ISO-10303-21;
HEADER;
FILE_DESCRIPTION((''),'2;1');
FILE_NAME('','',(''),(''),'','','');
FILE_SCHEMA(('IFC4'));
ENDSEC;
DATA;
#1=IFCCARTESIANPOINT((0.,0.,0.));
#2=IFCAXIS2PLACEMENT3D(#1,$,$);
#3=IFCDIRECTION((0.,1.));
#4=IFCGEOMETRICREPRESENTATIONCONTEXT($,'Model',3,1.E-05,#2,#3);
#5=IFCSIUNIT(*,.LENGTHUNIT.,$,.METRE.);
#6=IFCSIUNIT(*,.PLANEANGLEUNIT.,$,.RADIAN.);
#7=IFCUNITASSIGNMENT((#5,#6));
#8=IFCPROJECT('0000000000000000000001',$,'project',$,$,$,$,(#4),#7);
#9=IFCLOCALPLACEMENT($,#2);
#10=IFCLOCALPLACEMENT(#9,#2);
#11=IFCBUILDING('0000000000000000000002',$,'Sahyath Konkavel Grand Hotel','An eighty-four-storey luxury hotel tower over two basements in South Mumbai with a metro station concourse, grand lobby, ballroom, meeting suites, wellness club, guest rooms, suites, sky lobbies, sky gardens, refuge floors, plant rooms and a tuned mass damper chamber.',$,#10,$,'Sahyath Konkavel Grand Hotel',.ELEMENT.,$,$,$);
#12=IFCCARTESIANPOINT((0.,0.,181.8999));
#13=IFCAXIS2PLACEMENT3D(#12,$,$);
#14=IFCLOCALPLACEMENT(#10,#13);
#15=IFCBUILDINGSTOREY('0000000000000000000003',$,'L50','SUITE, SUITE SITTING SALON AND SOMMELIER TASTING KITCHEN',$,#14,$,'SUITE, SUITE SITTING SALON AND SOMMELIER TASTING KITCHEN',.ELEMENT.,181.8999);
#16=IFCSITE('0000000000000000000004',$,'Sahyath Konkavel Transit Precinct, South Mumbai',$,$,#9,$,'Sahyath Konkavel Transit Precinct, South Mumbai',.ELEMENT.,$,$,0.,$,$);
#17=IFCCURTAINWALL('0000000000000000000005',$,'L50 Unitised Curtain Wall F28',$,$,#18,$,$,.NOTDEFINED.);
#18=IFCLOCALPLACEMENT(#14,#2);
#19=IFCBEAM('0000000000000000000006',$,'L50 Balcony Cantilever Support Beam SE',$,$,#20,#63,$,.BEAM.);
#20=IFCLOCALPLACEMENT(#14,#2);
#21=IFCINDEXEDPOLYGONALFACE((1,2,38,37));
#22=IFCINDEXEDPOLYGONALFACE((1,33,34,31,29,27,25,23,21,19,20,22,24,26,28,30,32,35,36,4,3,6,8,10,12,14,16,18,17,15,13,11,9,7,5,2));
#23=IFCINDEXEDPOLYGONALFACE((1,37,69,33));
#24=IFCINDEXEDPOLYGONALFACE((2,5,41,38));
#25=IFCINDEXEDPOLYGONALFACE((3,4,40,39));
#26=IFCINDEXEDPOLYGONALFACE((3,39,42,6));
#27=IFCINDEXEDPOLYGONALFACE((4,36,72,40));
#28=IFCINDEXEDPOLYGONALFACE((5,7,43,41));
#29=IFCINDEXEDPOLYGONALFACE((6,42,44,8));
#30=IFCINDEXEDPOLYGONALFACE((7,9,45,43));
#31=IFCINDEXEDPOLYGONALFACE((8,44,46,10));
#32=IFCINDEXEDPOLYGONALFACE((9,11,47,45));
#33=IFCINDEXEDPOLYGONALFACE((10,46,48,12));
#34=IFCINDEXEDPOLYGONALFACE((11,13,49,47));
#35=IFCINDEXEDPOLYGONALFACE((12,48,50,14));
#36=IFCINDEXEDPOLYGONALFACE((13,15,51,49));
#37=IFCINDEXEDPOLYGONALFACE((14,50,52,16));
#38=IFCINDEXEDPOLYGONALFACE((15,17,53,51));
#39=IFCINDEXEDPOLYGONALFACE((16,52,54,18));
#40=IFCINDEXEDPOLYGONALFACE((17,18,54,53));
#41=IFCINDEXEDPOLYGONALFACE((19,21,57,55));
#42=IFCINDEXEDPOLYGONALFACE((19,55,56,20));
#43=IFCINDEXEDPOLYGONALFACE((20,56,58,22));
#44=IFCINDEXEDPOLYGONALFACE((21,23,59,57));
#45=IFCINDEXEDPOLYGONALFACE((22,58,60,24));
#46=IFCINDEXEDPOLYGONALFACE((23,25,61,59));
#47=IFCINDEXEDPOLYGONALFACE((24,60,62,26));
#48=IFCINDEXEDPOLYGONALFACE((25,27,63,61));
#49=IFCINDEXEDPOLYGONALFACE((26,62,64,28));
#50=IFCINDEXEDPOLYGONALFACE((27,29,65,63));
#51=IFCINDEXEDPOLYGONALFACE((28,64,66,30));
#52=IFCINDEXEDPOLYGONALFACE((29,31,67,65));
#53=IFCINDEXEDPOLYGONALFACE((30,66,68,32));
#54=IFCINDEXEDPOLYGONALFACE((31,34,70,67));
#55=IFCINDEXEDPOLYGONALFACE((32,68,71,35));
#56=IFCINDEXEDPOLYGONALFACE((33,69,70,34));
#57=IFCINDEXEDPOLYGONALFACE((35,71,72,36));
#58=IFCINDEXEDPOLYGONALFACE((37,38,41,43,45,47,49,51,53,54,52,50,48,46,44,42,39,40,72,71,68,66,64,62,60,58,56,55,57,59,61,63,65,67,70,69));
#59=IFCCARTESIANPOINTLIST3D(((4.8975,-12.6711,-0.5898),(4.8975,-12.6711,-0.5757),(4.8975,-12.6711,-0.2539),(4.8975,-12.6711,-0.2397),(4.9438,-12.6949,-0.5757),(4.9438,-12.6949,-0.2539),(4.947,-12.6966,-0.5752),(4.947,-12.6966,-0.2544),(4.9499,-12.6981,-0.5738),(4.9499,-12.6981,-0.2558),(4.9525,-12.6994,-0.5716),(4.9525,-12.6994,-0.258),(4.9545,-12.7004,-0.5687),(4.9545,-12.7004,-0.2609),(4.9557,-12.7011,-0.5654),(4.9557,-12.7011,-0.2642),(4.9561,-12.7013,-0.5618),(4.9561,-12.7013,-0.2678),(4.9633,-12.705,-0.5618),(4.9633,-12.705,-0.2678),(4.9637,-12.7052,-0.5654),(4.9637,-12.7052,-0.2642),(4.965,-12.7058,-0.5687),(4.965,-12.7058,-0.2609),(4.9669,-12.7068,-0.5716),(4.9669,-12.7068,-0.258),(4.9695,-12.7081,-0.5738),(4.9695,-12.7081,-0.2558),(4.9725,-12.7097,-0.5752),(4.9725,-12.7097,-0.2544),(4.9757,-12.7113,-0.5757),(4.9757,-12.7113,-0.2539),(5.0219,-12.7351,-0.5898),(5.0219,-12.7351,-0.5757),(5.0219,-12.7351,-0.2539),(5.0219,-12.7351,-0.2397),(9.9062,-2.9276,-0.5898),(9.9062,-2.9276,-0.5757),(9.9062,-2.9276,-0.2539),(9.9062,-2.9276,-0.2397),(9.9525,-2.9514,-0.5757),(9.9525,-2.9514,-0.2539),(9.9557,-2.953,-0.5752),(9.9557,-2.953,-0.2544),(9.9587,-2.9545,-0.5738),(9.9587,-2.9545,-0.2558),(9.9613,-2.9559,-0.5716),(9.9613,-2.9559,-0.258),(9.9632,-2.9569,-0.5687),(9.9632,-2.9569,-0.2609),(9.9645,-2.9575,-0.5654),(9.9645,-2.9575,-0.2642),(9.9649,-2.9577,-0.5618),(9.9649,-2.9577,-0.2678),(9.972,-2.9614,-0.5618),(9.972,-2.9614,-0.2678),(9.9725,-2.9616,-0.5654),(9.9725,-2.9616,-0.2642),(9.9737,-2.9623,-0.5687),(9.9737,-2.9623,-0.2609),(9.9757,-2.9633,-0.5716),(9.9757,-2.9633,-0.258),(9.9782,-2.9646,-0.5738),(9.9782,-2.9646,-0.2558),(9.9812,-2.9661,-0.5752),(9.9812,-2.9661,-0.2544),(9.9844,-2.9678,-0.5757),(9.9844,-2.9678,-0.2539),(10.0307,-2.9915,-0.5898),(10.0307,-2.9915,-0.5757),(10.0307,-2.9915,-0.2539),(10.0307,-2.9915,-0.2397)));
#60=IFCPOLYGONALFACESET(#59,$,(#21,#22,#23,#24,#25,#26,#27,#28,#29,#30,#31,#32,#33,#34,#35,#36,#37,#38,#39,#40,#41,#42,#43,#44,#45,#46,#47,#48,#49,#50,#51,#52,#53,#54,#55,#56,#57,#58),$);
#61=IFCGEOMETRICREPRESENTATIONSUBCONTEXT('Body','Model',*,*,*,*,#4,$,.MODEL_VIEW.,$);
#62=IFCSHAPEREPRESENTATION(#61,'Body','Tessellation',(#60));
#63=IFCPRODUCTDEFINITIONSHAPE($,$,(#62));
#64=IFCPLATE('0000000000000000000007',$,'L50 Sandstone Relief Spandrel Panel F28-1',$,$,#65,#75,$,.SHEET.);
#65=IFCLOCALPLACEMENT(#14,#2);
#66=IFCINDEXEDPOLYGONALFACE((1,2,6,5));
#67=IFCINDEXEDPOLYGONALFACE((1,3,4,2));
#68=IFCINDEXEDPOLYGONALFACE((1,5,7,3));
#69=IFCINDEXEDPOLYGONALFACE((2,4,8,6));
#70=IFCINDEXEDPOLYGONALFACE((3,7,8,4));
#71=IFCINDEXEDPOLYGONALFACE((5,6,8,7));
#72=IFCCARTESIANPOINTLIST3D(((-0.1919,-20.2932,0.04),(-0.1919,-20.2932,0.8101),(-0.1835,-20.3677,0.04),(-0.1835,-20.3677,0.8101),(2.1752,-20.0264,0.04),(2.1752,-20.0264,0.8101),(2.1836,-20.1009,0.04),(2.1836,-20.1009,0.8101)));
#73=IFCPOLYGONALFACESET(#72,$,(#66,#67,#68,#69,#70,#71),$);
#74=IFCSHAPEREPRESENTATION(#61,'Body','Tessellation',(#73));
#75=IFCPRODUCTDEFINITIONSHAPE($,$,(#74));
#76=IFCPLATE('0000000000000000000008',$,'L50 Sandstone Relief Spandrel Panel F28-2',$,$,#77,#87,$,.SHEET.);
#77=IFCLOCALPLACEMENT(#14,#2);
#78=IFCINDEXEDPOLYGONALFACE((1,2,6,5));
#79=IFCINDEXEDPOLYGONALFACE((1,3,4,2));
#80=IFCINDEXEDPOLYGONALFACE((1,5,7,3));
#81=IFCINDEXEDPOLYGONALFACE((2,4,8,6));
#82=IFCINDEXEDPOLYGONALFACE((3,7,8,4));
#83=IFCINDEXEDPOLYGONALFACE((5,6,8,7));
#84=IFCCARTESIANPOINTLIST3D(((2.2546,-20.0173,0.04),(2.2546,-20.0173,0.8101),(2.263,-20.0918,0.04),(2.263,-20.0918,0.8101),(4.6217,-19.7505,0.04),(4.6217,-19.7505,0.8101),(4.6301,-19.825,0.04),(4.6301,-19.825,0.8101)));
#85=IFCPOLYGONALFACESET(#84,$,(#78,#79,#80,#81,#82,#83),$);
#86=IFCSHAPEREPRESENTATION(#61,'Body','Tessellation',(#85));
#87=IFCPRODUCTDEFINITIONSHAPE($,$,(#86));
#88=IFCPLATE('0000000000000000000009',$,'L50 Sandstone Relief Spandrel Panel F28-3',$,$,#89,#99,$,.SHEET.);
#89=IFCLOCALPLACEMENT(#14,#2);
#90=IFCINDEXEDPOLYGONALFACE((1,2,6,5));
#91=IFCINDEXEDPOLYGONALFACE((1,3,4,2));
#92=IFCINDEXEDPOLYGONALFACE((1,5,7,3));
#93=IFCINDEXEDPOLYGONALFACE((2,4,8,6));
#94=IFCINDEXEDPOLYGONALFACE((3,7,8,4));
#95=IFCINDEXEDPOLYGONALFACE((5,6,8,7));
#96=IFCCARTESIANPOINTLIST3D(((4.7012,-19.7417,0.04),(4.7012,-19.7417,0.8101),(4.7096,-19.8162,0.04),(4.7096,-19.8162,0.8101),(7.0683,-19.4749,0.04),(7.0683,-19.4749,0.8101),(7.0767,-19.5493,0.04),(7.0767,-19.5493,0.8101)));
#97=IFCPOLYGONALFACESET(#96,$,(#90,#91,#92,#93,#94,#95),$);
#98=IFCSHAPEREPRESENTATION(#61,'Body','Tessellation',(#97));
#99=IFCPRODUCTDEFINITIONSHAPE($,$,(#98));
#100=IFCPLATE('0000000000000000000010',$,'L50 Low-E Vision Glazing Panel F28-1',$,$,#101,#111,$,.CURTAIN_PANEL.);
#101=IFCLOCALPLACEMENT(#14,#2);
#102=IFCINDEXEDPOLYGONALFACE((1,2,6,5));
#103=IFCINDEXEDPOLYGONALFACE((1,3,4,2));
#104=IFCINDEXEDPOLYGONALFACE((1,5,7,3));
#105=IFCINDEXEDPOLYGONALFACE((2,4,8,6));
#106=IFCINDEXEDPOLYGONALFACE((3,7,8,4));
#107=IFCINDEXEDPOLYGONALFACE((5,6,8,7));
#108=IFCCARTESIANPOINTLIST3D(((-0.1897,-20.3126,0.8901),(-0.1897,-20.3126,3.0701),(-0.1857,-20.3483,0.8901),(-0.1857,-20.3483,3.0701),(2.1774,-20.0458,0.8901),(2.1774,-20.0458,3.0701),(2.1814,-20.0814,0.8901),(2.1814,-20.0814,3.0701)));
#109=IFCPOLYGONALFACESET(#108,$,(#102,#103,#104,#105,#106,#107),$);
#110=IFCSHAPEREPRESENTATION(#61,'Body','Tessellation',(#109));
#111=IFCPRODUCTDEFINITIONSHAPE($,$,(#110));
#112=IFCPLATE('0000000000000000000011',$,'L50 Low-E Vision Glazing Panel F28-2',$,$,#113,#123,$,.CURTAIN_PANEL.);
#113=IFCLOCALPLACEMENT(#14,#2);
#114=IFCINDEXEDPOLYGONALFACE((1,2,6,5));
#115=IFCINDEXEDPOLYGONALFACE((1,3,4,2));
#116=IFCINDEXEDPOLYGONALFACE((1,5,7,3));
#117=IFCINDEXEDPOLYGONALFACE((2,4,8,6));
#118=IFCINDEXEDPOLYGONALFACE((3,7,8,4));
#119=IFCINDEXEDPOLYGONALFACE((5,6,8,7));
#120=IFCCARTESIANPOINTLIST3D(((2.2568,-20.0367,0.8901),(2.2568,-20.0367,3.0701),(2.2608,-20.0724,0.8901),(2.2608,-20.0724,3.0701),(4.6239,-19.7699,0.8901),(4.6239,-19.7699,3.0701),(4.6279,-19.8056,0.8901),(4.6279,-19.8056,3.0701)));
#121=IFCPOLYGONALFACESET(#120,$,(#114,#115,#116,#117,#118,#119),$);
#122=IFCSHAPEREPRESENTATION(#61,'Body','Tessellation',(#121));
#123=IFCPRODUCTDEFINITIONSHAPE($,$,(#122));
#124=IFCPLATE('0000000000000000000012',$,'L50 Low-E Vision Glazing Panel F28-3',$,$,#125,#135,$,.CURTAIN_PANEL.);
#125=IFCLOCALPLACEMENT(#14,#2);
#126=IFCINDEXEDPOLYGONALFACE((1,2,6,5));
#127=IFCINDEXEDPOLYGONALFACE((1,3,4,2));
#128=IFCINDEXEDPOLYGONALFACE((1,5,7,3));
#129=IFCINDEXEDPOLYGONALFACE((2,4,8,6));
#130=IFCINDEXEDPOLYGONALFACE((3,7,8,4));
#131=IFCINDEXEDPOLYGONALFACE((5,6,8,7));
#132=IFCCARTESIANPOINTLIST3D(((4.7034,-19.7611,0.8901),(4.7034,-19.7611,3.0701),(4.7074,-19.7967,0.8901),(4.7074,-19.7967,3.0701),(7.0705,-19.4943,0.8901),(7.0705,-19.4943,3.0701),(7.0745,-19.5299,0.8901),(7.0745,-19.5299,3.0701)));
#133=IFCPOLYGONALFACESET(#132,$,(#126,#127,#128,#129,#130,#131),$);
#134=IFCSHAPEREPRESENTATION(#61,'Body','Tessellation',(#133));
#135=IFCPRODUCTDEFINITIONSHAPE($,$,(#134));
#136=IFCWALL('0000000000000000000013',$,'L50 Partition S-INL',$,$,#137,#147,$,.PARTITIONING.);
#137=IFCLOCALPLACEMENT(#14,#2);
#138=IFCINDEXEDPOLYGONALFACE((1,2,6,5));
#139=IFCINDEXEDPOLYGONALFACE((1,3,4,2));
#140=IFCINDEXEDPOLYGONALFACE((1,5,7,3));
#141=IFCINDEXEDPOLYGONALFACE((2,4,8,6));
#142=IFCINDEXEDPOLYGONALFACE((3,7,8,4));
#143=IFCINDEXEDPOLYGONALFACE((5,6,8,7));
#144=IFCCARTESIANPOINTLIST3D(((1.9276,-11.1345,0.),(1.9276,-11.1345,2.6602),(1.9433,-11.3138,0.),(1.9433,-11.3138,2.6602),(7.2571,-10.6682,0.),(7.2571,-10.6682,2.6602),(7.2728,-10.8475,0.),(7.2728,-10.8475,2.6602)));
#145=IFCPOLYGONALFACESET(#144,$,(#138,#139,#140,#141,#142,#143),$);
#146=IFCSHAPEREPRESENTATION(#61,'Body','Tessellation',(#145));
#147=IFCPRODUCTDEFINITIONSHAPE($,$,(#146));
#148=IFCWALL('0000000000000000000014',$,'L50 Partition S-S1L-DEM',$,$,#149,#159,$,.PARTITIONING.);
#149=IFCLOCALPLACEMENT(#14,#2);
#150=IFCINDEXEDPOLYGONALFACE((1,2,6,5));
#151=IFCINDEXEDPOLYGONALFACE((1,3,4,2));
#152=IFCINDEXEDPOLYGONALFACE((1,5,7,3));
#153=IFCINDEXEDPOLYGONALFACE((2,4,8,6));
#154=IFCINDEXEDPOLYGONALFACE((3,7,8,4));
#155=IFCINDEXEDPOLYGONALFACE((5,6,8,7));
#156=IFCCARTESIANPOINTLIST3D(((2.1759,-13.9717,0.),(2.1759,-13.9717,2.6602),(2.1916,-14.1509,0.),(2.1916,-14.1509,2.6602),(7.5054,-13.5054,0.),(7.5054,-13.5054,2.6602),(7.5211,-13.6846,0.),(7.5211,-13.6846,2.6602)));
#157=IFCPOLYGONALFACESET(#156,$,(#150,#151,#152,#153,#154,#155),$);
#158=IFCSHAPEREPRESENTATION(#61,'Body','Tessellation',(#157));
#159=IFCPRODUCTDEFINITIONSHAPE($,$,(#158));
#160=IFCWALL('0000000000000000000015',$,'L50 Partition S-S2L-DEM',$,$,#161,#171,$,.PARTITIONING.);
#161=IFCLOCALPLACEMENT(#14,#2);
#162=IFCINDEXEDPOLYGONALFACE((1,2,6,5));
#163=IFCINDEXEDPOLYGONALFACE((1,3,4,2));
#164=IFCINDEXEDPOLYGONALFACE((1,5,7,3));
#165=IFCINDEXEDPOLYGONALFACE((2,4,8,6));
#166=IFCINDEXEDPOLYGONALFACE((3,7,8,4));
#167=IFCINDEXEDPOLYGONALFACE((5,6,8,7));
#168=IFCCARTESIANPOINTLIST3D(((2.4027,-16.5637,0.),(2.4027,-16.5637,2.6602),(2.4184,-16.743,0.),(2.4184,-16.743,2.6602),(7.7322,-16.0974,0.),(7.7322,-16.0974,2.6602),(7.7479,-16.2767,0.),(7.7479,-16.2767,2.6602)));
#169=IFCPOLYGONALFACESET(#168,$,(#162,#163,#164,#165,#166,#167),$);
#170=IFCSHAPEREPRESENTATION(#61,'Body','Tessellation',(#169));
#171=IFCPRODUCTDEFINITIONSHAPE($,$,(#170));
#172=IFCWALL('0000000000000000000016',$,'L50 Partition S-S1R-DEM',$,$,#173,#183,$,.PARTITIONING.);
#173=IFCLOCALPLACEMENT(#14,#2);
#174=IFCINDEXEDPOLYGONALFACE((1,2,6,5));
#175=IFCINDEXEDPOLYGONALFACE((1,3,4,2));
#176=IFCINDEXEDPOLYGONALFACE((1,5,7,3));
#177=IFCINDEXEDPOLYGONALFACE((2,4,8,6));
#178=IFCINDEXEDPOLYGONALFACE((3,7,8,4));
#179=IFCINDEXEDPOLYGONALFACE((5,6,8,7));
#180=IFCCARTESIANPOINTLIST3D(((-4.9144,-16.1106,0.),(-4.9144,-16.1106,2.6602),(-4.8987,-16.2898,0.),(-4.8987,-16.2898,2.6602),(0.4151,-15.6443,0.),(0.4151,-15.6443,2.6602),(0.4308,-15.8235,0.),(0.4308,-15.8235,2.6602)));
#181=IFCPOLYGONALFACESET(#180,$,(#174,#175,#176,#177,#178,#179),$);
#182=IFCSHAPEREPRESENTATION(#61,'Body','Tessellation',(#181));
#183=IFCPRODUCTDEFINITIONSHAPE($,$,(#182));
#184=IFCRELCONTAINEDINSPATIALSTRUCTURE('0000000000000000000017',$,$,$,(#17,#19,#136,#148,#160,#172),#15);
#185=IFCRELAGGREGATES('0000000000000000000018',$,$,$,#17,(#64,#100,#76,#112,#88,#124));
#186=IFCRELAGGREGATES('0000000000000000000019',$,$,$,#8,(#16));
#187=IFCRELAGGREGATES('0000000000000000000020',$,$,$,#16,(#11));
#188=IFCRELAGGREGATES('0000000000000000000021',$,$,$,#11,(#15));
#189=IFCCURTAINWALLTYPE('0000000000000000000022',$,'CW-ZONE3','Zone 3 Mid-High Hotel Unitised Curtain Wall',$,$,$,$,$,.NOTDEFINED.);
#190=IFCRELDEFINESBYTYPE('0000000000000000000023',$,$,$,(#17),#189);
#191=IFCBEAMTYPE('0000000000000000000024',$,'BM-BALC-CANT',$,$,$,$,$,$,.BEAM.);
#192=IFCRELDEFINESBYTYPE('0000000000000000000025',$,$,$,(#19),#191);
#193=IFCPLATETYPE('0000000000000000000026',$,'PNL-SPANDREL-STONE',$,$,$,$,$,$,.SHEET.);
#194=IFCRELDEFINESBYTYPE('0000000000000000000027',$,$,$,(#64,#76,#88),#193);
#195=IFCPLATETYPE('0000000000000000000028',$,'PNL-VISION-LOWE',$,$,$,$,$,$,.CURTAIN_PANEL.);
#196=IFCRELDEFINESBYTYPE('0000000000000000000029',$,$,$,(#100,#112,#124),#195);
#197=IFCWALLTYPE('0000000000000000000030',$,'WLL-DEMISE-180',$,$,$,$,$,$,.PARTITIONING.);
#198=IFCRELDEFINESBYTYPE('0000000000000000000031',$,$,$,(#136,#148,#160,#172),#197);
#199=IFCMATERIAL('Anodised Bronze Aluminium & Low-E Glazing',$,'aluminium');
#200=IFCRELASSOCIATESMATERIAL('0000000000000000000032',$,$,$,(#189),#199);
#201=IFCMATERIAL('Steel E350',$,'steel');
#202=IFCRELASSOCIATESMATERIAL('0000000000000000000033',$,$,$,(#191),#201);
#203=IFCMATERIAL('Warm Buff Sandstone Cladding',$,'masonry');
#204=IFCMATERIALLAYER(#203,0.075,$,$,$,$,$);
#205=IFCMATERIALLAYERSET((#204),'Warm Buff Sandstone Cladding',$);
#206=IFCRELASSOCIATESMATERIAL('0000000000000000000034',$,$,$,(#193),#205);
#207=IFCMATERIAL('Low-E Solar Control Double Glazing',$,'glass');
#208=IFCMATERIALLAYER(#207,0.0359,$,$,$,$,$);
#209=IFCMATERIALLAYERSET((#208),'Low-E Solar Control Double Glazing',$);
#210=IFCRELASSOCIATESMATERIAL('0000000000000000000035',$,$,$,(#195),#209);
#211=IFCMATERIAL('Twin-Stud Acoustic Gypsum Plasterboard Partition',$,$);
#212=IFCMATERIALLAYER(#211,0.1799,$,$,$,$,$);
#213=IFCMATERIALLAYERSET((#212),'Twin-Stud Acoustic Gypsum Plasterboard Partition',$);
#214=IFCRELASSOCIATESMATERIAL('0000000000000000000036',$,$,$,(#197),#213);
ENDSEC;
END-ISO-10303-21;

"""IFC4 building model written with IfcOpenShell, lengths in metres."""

from ifc_helpers import new_model, si_unit, direction, frame, frame_2d, origin, origin_2d, place, context, subcontext, project, spatial, rectangle, i_section, extrude, source, transform, mapped, material, layer, layer_set, material_profile, profile_set, type_object, element, aggregate, save


model = new_model("IFC4")

# Units and contexts
model_context = context("Model", 3, precision=1e-05, world=origin(), true_north=direction((0.0, 1.0)))
body_context = subcontext(model_context, "Body", "Model", "MODEL_VIEW")
ifc_project = project(units=[si_unit("LENGTHUNIT", "METRE"), si_unit("PLANEANGLEUNIT", "RADIAN")], contexts=[model_context])

# Site, building, storey
site_placement = place(None, origin())
site = spatial("IfcSite", under=ifc_project, at=site_placement, Name="Sahyath Konkavel Transit Precinct, South Mumbai", LongName="Sahyath Konkavel Transit Precinct, South Mumbai", CompositionType="ELEMENT", RefElevation=0.0)
building_placement = place(site_placement, origin())
building = spatial("IfcBuilding", under=site, at=building_placement, Name="Sahyath Konkavel Grand Hotel", Description="An eighty-four-storey luxury hotel tower over two basements in South Mumbai with a metro station concourse, grand lobby, ballroom, meeting suites, wellness club, guest rooms, suites, sky lobbies, sky gardens, refuge floors, plant rooms and a tuned mass damper chamber.", LongName="Sahyath Konkavel Grand Hotel", CompositionType="ELEMENT")
storey_placement = place(building_placement, frame((0.0, 0.0, 181.8999)))
storey = spatial("IfcBuildingStorey", under=building, at=storey_placement, Name="L50", Description="SUITE, SUITE SITTING SALON AND SOMMELIER TASTING KITCHEN", LongName="SUITE, SUITE SITTING SALON AND SOMMELIER TASTING KITCHEN", CompositionType="ELEMENT", Elevation=181.8999)

# Shared definitions
ifc_material_1 = material(Name="Steel E350", Category="steel")

# Curtain wall
ifc_material_2 = material(Name="Anodised Bronze Aluminium & Low-E Glazing", Category="aluminium")
curtain_wall_type = type_object("IfcCurtainWallType", Name="CW-ZONE3", Description="Zone 3 Mid-High Hotel Unitised Curtain Wall", PredefinedType="NOTDEFINED", material=ifc_material_2)
curtain_wall_placement = place(storey_placement, origin())
curtain_wall = element("IfcCurtainWall", 1, at=curtain_wall_placement, inside=storey, type_object=curtain_wall_type, Name="L50 Unitised Curtain Wall F28", PredefinedType="NOTDEFINED")

# Beam
ifc_material_profile_1 = material_profile(ifc_material_1, i_section(OverallWidth=0.1399, OverallDepth=0.3501, WebThickness=0.0081, FlangeThickness=0.0142, FilletRadius=0.0139, at=origin_2d()), Name="ISMB 350")
ifc_profile_set_1 = profile_set([ifc_material_profile_1], Name="Steel E350")
beam_type_1 = type_object("IfcBeamType", Name="BM-BALC-CANT", PredefinedType="BEAM", material=ifc_profile_set_1)
shared_shape_1 = source(origin(), body_context, "Body", "SweptSolid", [
    extrude(i_section(OverallWidth=0.1399, OverallDepth=0.3501, WebThickness=0.0081, FlangeThickness=0.0142, FilletRadius=0.0139, at=origin_2d()), origin(), (0.0, 0.0, 1.0), 10.9556),
])
beam_1_placement = place(storey_placement, frame((4.9597, -12.7031, -0.4148), z_axis=(0.457187, 0.889371, 0.0), x_axis=(-0.889371, 0.457187, 0.0)))
element("IfcBeam", 2, at=beam_1_placement, inside=storey, type_object=beam_type_1, Name="L50 Balcony Cantilever Support Beam SE", PredefinedType="BEAM", context=body_context, shape_type="MappedRepresentation", body=[
    mapped(shared_shape_1, transform((0.0, 0.0, 0.0), scale=1.0)),
])

# Plates
ifc_material_3 = material(Name="Warm Buff Sandstone Cladding", Category="masonry")
ifc_layer_1 = layer(ifc_material_3, 0.075)
ifc_layer_set_1 = layer_set([ifc_layer_1], Name="Warm Buff Sandstone Cladding")
plate_type_1 = type_object("IfcPlateType", Name="PNL-SPANDREL-STONE", PredefinedType="SHEET", material=ifc_layer_set_1)
shared_shape_2 = source(origin(), body_context, "Body", "SweptSolid", [
    extrude(rectangle(XDim=2.3821, YDim=0.075, at=origin_2d()), origin(), (0.0, 0.0, 1.0), 0.77),
])
plate_1_placement = place(storey_placement, frame((0.9958, -20.197, 0.04), z_axis=(0.0, 0.0, 1.0), x_axis=(0.993707, 0.112007, 0.0)))
plate_1 = element("IfcPlate", 3, at=plate_1_placement, type_object=plate_type_1, Name="L50 Sandstone Relief Spandrel Panel F28-1", PredefinedType="SHEET", context=body_context, shape_type="MappedRepresentation", body=[
    mapped(shared_shape_2, transform((0.0, 0.0, 0.0), scale=1.0)),
])
plate_2_placement = place(storey_placement, frame((3.4424, -19.9211, 0.04), z_axis=(0.0, 0.0, 1.0), x_axis=(0.993707, 0.112007, 0.0)))
plate_2 = element("IfcPlate", 4, at=plate_2_placement, type_object=plate_type_1, Name="L50 Sandstone Relief Spandrel Panel F28-2", PredefinedType="SHEET", context=body_context, shape_type="MappedRepresentation", body=[
    mapped(shared_shape_2, transform((0.0, 0.0, 0.0), scale=1.0)),
])
plate_3_placement = place(storey_placement, frame((5.8889, -19.6455, 0.04), z_axis=(0.0, 0.0, 1.0), x_axis=(0.993707, 0.112007, 0.0)))
plate_3 = element("IfcPlate", 5, at=plate_3_placement, type_object=plate_type_1, Name="L50 Sandstone Relief Spandrel Panel F28-3", PredefinedType="SHEET", context=body_context, shape_type="MappedRepresentation", body=[
    mapped(shared_shape_2, transform((0.0, 0.0, 0.0), scale=1.0)),
])
ifc_material_4 = material(Name="Low-E Solar Control Double Glazing", Category="glass")
ifc_layer_2 = layer(ifc_material_4, 0.0359)
ifc_layer_set_2 = layer_set([ifc_layer_2], Name="Low-E Solar Control Double Glazing")
plate_type_2 = type_object("IfcPlateType", Name="PNL-VISION-LOWE", PredefinedType="CURTAIN_PANEL", material=ifc_layer_set_2)
shared_shape_3 = source(origin(), body_context, "Body", "SweptSolid", [
    extrude(rectangle(XDim=2.3821, YDim=0.0359, at=origin_2d()), origin(), (0.0, 0.0, 1.0), 2.1799),
])
plate_4_placement = place(storey_placement, frame((0.9958, -20.197, 0.8901), z_axis=(0.0, 0.0, 1.0), x_axis=(0.993707, 0.112007, 0.0)))
plate_4 = element("IfcPlate", 6, at=plate_4_placement, type_object=plate_type_2, Name="L50 Low-E Vision Glazing Panel F28-1", PredefinedType="CURTAIN_PANEL", context=body_context, shape_type="MappedRepresentation", body=[
    mapped(shared_shape_3, transform((0.0, 0.0, 0.0), scale=1.0)),
])
plate_5_placement = place(storey_placement, frame((3.4424, -19.9211, 0.8901), z_axis=(0.0, 0.0, 1.0), x_axis=(0.993707, 0.112007, 0.0)))
plate_5 = element("IfcPlate", 7, at=plate_5_placement, type_object=plate_type_2, Name="L50 Low-E Vision Glazing Panel F28-2", PredefinedType="CURTAIN_PANEL", context=body_context, shape_type="MappedRepresentation", body=[
    mapped(shared_shape_3, transform((0.0, 0.0, 0.0), scale=1.0)),
])
plate_6_placement = place(storey_placement, frame((5.8889, -19.6455, 0.8901), z_axis=(0.0, 0.0, 1.0), x_axis=(0.993707, 0.112007, 0.0)))
plate_6 = element("IfcPlate", 8, at=plate_6_placement, type_object=plate_type_2, Name="L50 Low-E Vision Glazing Panel F28-3", PredefinedType="CURTAIN_PANEL", context=body_context, shape_type="MappedRepresentation", body=[
    mapped(shared_shape_3, transform((0.0, 0.0, 0.0), scale=1.0)),
])
aggregate(curtain_wall, [plate_1, plate_4, plate_2, plate_5, plate_3, plate_6])

# Walls
ifc_material_5 = material(Name="Twin-Stud Acoustic Gypsum Plasterboard Partition")
ifc_layer_3 = layer(ifc_material_5, 0.1799)
ifc_layer_set_3 = layer_set([ifc_layer_3], Name="Twin-Stud Acoustic Gypsum Plasterboard Partition")
wall_type_1 = type_object("IfcWallType", Name="WLL-DEMISE-180", PredefinedType="PARTITIONING", material=ifc_layer_set_3)
for number, where, z_axis, x_axis, name in (
    (9, (1.9355, -11.2241, 0.0), (0.0, 0.0, 1.0), (0.996194, 0.087161, 0.0), "L50 Partition S-INL"),
    (10, (2.1838, -14.0613, 0.0), (0.0, 0.0, 1.0), (0.996194, 0.087161, 0.0), "L50 Partition S-S1L-DEM"),
    (11, (2.4106, -16.6533, 0.0), (0.0, 0.0, 1.0), (0.996194, 0.087161, 0.0), "L50 Partition S-S2L-DEM"),
    (12, (0.4229, -15.7339, 0.0), (0.0, 0.0, 1.0), (-0.996194, -0.087161, 0.0), "L50 Partition S-S1R-DEM"),
):
    element("IfcWall", number, at=place(storey_placement, frame(where, z_axis=z_axis, x_axis=x_axis)), inside=storey, type_object=wall_type_1, Name=name, PredefinedType="PARTITIONING", context=body_context, shape_type="SweptSolid", body=[
        extrude(rectangle(XDim=5.3499, YDim=0.1799, at=frame_2d((2.6748, 0.0))), origin(), (0.0, 0.0, 1.0), 2.6602),
    ])

save(model, "model.ifc")
